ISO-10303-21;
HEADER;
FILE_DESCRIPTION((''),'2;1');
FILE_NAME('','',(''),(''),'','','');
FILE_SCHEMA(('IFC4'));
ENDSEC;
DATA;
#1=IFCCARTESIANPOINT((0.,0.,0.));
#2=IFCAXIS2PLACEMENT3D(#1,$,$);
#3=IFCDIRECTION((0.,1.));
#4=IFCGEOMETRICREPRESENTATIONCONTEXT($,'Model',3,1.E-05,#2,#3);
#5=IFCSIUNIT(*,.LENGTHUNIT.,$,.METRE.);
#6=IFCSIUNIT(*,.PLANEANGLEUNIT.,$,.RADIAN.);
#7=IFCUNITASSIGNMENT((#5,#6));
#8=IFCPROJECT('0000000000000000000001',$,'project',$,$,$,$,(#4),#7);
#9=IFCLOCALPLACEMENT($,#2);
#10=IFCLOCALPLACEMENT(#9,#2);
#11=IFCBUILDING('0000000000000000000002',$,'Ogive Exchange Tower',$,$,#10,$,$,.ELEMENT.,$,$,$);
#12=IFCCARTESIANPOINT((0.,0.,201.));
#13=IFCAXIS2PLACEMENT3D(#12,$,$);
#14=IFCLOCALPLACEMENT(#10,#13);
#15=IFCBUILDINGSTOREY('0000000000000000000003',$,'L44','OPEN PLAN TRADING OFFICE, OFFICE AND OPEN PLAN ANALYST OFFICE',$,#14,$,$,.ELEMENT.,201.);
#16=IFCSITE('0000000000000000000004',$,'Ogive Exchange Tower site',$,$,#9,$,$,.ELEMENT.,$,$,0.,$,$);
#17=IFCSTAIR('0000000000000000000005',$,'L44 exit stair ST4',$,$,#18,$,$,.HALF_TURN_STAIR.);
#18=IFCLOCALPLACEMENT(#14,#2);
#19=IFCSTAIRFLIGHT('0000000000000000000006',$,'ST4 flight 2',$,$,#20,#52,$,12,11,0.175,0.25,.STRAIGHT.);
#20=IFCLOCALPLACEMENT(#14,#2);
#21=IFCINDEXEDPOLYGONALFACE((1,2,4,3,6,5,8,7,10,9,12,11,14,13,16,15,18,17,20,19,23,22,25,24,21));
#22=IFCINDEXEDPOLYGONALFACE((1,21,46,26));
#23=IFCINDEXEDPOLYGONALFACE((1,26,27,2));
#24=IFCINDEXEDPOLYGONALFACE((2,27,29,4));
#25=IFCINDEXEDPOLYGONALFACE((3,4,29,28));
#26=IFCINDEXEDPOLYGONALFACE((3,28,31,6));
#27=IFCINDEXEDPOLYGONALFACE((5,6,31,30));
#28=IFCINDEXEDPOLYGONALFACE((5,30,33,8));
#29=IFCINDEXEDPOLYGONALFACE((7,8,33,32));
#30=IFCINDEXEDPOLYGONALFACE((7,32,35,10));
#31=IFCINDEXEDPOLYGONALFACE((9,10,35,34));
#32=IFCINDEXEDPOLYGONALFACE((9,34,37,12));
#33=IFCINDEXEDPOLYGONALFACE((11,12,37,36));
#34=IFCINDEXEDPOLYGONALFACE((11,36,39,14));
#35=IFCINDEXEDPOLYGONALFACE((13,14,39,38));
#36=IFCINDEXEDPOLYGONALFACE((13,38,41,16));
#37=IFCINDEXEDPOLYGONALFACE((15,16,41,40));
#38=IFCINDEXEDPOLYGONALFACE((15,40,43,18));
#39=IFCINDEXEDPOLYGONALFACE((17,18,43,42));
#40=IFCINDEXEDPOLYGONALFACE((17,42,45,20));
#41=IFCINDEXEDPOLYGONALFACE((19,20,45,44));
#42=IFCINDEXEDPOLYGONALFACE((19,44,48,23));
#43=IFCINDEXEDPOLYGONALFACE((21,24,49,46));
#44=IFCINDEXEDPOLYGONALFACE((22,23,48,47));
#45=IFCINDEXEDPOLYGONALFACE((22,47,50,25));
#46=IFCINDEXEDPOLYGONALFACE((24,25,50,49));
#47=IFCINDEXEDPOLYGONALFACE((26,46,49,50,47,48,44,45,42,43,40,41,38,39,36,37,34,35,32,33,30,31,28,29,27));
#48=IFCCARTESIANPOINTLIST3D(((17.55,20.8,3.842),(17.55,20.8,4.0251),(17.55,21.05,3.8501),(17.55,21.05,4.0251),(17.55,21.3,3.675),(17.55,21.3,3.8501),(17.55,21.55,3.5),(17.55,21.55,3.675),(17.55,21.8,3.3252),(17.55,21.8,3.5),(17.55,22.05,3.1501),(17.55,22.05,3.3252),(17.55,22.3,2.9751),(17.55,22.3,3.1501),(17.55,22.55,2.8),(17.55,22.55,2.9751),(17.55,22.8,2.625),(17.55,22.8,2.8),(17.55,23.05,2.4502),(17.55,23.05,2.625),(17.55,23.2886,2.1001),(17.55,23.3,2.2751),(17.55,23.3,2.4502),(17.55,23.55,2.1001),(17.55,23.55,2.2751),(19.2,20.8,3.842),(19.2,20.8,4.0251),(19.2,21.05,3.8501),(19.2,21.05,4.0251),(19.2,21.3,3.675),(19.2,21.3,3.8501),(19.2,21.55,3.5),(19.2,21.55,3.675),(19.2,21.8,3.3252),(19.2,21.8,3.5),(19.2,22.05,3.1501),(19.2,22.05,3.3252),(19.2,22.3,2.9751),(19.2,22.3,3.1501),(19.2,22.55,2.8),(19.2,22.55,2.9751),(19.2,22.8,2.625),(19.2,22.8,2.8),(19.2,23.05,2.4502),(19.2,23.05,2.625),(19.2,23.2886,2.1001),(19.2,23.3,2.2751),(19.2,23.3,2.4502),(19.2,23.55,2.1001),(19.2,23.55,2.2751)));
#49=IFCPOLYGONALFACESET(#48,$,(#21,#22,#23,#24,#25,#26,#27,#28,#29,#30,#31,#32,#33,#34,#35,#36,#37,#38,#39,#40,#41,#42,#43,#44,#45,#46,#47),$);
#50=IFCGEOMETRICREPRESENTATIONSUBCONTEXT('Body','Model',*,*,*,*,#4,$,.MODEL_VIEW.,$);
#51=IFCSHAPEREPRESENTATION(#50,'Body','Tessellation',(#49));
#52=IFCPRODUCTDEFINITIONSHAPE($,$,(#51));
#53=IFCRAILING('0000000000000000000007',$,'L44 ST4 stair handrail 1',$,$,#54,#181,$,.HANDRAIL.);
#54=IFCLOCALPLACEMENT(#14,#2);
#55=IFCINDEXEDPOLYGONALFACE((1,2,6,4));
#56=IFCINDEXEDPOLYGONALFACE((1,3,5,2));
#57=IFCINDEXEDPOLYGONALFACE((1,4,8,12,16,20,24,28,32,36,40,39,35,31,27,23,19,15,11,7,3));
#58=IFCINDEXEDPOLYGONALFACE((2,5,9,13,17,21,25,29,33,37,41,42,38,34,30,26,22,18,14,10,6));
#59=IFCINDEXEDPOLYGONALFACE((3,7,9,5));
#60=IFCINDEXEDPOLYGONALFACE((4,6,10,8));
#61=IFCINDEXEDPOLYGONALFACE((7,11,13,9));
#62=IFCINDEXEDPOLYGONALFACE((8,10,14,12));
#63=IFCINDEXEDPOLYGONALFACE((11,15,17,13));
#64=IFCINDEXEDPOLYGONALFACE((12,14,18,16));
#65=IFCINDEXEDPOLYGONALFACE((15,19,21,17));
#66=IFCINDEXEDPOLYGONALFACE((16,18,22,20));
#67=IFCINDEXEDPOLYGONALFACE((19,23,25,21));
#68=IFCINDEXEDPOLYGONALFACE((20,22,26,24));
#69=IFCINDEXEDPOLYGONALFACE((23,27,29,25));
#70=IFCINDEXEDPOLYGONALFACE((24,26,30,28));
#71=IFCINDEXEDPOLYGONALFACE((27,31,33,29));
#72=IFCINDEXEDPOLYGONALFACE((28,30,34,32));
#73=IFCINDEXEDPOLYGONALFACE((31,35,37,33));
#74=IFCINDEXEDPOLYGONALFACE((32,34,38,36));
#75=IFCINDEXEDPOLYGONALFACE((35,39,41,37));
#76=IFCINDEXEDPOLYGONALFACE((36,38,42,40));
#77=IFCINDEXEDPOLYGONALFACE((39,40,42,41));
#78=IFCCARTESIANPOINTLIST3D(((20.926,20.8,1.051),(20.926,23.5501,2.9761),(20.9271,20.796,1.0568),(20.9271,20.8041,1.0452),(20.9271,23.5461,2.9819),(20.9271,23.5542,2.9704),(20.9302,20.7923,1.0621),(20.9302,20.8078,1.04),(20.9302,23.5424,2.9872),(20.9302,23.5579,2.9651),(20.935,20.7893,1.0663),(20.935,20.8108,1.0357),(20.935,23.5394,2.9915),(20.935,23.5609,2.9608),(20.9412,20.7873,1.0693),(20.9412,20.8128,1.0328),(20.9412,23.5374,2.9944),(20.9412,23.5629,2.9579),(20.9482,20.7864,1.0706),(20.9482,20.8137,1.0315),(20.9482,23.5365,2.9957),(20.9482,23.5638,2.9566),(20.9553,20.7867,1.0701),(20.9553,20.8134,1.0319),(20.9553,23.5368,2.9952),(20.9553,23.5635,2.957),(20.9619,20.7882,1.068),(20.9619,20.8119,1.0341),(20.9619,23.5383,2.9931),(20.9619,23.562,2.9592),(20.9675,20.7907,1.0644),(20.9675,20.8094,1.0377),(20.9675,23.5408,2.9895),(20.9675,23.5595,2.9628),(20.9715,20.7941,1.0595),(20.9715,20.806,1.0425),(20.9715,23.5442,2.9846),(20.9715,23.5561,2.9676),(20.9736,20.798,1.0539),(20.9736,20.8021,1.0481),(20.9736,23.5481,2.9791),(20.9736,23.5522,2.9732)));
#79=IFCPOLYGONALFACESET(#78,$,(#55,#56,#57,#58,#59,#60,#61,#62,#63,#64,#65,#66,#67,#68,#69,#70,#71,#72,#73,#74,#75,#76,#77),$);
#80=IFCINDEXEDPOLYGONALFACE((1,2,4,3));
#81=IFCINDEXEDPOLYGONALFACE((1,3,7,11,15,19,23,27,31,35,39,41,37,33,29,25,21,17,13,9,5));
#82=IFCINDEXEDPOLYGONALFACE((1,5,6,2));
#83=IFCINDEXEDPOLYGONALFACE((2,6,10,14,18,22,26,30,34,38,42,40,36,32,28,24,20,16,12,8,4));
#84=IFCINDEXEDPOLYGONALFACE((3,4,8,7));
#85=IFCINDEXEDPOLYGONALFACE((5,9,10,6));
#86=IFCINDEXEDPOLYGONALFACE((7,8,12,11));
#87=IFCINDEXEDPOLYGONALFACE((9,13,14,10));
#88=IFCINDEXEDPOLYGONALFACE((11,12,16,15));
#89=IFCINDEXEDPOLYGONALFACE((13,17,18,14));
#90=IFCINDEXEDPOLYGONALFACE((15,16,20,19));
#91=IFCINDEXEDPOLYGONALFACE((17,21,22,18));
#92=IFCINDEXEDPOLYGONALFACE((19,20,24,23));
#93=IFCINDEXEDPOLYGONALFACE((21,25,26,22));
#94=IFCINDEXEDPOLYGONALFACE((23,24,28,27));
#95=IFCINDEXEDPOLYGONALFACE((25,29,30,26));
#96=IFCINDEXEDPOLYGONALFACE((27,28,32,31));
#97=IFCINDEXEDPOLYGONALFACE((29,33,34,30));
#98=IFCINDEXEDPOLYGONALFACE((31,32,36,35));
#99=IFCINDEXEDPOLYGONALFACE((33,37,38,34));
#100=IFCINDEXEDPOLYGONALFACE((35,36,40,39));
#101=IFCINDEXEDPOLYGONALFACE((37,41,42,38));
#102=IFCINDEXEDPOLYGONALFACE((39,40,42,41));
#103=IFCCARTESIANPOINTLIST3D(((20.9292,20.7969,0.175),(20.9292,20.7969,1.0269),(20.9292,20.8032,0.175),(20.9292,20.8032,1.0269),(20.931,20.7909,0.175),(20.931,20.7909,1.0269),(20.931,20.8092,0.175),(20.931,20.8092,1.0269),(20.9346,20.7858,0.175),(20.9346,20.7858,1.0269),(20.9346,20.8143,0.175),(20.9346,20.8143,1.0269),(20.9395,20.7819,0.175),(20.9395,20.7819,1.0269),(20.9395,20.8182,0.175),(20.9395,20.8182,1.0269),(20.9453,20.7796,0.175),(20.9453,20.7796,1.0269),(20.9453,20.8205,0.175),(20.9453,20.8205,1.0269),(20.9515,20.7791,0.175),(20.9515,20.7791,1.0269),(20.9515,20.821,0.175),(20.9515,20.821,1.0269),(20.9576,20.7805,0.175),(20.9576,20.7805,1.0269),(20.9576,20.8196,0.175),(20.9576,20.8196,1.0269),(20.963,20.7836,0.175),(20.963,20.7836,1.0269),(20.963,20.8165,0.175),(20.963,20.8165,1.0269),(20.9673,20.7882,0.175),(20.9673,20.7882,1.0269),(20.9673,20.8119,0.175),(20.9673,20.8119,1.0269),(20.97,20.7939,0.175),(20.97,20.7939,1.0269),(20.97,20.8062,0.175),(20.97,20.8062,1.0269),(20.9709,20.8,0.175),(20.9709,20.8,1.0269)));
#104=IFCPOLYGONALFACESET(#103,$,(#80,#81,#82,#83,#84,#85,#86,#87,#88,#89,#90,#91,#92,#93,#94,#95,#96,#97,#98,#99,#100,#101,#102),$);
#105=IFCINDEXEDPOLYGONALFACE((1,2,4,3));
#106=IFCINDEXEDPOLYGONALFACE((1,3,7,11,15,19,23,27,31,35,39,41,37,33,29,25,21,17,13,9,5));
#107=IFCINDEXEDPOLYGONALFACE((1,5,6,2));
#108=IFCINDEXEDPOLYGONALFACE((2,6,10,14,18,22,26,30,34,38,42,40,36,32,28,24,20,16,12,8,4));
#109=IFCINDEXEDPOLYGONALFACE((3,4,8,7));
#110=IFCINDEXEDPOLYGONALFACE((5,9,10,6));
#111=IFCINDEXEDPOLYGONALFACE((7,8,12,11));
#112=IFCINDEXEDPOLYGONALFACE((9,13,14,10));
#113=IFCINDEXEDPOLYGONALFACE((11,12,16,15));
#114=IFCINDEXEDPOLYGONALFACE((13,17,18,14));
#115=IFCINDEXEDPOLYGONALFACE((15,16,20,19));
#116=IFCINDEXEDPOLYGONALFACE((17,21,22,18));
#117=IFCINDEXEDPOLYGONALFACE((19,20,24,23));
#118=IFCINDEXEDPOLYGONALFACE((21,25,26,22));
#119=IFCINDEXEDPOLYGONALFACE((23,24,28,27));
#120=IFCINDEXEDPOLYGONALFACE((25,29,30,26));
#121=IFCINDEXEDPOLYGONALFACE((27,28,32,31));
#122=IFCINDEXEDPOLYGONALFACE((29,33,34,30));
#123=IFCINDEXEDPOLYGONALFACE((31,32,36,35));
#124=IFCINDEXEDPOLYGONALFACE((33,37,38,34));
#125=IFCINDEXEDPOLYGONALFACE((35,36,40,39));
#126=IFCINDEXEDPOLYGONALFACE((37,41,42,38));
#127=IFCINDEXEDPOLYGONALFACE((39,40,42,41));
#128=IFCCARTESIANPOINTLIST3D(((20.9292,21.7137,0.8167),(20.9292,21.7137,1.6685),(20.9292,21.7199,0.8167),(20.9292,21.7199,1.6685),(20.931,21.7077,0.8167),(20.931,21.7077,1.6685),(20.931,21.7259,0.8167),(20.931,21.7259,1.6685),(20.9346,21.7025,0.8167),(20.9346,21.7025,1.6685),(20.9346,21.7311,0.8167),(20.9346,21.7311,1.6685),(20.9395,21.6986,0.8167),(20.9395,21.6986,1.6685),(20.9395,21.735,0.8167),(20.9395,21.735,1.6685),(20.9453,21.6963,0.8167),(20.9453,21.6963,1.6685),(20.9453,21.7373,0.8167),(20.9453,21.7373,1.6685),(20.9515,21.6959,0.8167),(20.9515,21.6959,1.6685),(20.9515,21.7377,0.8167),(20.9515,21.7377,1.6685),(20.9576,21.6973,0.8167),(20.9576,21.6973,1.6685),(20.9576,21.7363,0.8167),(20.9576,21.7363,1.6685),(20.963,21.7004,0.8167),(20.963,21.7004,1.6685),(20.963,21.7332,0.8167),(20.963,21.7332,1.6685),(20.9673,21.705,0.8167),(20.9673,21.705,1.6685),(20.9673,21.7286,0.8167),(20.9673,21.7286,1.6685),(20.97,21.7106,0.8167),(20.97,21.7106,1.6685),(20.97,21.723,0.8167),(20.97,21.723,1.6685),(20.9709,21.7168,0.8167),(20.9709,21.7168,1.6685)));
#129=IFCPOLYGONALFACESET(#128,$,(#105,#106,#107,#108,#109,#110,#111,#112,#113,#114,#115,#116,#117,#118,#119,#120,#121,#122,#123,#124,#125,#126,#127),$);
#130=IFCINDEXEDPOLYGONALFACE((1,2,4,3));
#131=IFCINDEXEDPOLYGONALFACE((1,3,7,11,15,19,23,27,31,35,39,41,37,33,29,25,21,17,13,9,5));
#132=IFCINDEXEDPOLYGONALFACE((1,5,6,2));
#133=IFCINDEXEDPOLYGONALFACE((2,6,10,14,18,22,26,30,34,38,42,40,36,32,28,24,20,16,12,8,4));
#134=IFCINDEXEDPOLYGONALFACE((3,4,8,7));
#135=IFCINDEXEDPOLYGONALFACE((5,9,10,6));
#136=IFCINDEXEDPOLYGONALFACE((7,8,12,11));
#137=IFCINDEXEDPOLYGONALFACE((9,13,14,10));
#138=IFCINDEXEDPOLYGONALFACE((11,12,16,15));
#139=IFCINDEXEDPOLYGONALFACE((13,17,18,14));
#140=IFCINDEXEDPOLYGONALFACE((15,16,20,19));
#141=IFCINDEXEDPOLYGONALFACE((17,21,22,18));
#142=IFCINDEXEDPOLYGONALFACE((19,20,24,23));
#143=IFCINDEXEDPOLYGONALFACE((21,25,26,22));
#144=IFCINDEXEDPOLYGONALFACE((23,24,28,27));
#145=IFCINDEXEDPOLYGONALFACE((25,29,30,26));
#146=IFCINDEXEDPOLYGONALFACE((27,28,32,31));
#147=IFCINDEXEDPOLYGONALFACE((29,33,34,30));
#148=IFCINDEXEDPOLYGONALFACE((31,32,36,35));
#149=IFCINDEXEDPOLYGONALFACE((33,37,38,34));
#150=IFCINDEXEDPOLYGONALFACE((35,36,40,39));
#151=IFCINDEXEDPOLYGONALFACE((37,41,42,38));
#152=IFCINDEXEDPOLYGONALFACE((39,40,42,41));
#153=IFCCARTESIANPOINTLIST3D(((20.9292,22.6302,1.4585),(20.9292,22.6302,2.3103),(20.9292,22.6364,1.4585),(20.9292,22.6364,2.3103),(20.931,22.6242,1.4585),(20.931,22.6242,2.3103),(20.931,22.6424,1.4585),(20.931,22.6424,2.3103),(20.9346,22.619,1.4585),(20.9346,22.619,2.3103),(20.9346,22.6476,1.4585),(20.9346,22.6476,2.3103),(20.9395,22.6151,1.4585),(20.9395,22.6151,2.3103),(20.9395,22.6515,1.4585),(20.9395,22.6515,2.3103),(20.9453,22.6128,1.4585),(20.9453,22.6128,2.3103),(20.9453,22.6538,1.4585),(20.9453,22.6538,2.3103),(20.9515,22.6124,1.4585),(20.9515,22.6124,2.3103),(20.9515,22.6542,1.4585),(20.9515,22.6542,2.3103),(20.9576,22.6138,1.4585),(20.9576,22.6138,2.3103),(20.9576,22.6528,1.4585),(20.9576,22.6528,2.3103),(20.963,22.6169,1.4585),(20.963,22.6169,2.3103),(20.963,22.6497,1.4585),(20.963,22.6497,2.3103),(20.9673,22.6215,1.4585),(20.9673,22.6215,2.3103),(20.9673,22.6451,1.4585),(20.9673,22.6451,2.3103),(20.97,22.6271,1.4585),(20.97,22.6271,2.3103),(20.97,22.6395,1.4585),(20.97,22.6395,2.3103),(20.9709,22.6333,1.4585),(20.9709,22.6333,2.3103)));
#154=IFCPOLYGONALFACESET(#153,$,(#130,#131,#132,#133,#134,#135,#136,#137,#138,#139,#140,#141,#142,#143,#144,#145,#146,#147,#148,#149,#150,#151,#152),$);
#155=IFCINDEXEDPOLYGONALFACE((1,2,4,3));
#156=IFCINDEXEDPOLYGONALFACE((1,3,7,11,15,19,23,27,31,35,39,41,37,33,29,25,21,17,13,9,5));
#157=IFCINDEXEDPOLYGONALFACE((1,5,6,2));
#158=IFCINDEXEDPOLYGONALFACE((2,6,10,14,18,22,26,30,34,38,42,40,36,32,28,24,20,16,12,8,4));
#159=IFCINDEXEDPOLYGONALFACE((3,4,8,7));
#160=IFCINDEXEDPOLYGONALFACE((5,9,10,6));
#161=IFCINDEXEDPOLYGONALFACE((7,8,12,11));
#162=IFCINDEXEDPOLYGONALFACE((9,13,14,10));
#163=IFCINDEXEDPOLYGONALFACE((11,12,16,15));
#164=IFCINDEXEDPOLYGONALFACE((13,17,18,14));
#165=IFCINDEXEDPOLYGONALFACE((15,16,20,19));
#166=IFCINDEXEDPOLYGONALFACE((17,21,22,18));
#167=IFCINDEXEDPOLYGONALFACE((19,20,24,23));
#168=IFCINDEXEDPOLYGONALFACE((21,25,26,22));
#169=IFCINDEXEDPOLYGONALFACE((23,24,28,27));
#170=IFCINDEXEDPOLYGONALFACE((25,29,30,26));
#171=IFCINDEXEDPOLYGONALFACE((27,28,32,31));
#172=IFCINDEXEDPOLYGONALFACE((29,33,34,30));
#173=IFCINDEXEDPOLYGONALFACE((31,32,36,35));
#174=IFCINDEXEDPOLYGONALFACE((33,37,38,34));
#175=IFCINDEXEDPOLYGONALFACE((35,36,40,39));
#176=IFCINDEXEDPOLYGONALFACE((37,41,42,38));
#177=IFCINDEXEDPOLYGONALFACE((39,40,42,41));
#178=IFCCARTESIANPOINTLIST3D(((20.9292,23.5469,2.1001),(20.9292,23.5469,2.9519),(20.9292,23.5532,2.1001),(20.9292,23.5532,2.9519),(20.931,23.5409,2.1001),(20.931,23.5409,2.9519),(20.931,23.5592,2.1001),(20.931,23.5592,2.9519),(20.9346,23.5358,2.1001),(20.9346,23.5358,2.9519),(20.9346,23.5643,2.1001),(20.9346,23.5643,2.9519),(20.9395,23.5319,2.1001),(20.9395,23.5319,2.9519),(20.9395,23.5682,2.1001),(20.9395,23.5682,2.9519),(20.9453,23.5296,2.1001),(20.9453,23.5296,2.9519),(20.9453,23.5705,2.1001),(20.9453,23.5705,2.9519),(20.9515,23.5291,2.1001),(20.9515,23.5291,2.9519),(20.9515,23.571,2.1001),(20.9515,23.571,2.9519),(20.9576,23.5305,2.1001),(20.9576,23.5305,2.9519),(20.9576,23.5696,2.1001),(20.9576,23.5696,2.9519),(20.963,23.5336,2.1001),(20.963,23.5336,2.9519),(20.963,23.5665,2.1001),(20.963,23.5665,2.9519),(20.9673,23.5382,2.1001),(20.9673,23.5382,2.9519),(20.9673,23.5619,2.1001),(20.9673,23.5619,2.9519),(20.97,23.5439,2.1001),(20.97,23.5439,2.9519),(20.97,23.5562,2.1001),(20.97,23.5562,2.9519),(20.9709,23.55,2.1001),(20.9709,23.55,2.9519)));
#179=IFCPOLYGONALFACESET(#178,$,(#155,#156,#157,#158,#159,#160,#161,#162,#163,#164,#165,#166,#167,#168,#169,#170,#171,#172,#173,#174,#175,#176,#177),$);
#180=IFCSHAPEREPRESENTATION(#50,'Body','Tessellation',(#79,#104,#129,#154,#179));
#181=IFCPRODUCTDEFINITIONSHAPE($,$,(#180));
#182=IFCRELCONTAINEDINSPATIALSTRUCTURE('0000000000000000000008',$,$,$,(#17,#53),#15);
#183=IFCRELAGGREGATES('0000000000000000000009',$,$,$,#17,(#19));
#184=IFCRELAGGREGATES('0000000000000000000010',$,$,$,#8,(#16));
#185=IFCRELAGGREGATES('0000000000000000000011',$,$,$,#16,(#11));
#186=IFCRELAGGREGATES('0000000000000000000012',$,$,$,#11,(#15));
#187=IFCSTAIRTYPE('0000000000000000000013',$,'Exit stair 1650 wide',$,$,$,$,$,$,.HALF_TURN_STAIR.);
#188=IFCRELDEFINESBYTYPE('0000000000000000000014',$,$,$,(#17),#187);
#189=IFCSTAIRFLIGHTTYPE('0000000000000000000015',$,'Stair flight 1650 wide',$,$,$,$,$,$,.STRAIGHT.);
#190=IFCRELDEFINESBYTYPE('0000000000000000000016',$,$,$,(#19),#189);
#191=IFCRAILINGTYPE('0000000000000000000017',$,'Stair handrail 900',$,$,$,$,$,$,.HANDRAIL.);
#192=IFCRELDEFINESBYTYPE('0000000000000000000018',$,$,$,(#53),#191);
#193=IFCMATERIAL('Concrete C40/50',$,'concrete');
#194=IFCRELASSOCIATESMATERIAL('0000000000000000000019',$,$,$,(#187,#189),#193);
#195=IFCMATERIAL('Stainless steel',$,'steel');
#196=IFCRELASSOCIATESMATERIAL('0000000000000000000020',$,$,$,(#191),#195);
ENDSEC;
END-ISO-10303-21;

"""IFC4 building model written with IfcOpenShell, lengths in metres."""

from ifc_helpers import new_model, si_unit, direction, frame, origin, origin_2d, place, context, subcontext, project, spatial, polyline, circle, outline, extrude, material, type_object, element, aggregate, save


model = new_model("IFC4")

# Units and contexts
model_context = context("Model", 3, precision=1e-05, world=origin(), true_north=direction((0.0, 1.0)))
body_context = subcontext(model_context, "Body", "Model", "MODEL_VIEW")
ifc_project = project(units=[si_unit("LENGTHUNIT", "METRE"), si_unit("PLANEANGLEUNIT", "RADIAN")], contexts=[model_context])

# Site, building, storey
site_placement = place(None, origin())
site = spatial("IfcSite", under=ifc_project, at=site_placement, Name="Ogive Exchange Tower site", CompositionType="ELEMENT", RefElevation=0.0)
building_placement = place(site_placement, origin())
building = spatial("IfcBuilding", under=site, at=building_placement, Name="Ogive Exchange Tower", CompositionType="ELEMENT")
storey_placement = place(building_placement, frame((0.0, 0.0, 201.0)))
storey = spatial("IfcBuildingStorey", under=building, at=storey_placement, Name="L44", Description="OPEN PLAN TRADING OFFICE, OFFICE AND OPEN PLAN ANALYST OFFICE", CompositionType="ELEMENT", Elevation=201.0)

# Stair, stair flight
ifc_material_1 = material(Name="Concrete C40/50", Category="concrete")
stair_type = type_object("IfcStairType", Name="Exit stair 1650 wide", PredefinedType="HALF_TURN_STAIR", material=ifc_material_1)
stair_placement = place(storey_placement, origin())
stair = element("IfcStair", 1, at=stair_placement, inside=storey, type_object=stair_type, Name="L44 exit stair ST4", PredefinedType="HALF_TURN_STAIR")
stair_flight_type = type_object("IfcStairFlightType", Name="Stair flight 1650 wide", PredefinedType="STRAIGHT", material=ifc_material_1)
stair_flight_1_placement = place(storey_placement, frame((18.375, 23.55, 2.1001), z_axis=(0.0, 0.0, 1.0), x_axis=(0.0, -1.0, 0.0)))
stair_flight_1 = element("IfcStairFlight", 2, at=stair_flight_1_placement, type_object=stair_flight_type, Name="ST4 flight 2", NumberOfRisers=12, NumberOfTreads=11, PredefinedType="STRAIGHT", RiserHeight=0.175, TreadLength=0.25, context=body_context, shape_type="SweptSolid", body=[
    extrude(outline(polyline([(0.0, 0.0), (0.0, 0.175), (0.25, 0.175), (0.25, 0.3501), (0.5, 0.3501), (0.5, 0.5249), (0.75, 0.5249), (0.75, 0.7), (1.0, 0.7), (1.0, 0.875), (1.25, 0.875), (1.25, 1.05), (1.5, 1.05), (1.5, 1.2251), (1.75, 1.2251), (1.75, 1.3999), (2.0, 1.3999), (2.0, 1.575), (2.25, 1.575), (2.25, 1.75), (2.5, 1.75), (2.5, 1.925), (2.75, 1.925), (2.75, 2.1001), (2.75, 1.7419), (0.2615, 0.0), (0.0, 0.0)])), frame((0.0, 0.825, 0.0), z_axis=(0.0, -1.0, 0.0), x_axis=(1.0, 0.0, 0.0)), (0.0, 0.0, 1.0), 1.6499),
])
aggregate(stair, [stair_flight_1])

# Railing
ifc_material_2 = material(Name="Stainless steel", Category="steel")
railing_type = type_object("IfcRailingType", Name="Stair handrail 900", PredefinedType="HANDRAIL", material=ifc_material_2)
railing_1_placement = place(storey_placement, frame((20.95, 20.8, 0.175)))
element("IfcRailing", 3, at=railing_1_placement, inside=storey, type_object=railing_type, Name="L44 ST4 stair handrail 1", PredefinedType="HANDRAIL", context=body_context, shape_type="SweptSolid", body=[
    extrude(circle(Radius=0.0239, at=origin_2d()), frame((0.0, 0.0, 0.876), z_axis=(0.0, 0.819225, 0.573472), x_axis=(-1.0, 0.0, 0.0)), (0.0, 0.0, 1.0), 3.3569),
    extrude(circle(Radius=0.021, at=origin_2d()), origin(), (0.0, 0.0, 1.0), 0.8518),
    extrude(circle(Radius=0.021, at=origin_2d()), frame((0.0, 0.9167, 0.6416)), (0.0, 0.0, 1.0), 0.8518),
    extrude(circle(Radius=0.021, at=origin_2d()), frame((0.0, 1.8333, 1.2834)), (0.0, 0.0, 1.0), 0.8518),
    extrude(circle(Radius=0.021, at=origin_2d()), frame((0.0, 2.75, 1.925)), (0.0, 0.0, 1.0), 0.8518),
])

save(model, "model.ifc")
